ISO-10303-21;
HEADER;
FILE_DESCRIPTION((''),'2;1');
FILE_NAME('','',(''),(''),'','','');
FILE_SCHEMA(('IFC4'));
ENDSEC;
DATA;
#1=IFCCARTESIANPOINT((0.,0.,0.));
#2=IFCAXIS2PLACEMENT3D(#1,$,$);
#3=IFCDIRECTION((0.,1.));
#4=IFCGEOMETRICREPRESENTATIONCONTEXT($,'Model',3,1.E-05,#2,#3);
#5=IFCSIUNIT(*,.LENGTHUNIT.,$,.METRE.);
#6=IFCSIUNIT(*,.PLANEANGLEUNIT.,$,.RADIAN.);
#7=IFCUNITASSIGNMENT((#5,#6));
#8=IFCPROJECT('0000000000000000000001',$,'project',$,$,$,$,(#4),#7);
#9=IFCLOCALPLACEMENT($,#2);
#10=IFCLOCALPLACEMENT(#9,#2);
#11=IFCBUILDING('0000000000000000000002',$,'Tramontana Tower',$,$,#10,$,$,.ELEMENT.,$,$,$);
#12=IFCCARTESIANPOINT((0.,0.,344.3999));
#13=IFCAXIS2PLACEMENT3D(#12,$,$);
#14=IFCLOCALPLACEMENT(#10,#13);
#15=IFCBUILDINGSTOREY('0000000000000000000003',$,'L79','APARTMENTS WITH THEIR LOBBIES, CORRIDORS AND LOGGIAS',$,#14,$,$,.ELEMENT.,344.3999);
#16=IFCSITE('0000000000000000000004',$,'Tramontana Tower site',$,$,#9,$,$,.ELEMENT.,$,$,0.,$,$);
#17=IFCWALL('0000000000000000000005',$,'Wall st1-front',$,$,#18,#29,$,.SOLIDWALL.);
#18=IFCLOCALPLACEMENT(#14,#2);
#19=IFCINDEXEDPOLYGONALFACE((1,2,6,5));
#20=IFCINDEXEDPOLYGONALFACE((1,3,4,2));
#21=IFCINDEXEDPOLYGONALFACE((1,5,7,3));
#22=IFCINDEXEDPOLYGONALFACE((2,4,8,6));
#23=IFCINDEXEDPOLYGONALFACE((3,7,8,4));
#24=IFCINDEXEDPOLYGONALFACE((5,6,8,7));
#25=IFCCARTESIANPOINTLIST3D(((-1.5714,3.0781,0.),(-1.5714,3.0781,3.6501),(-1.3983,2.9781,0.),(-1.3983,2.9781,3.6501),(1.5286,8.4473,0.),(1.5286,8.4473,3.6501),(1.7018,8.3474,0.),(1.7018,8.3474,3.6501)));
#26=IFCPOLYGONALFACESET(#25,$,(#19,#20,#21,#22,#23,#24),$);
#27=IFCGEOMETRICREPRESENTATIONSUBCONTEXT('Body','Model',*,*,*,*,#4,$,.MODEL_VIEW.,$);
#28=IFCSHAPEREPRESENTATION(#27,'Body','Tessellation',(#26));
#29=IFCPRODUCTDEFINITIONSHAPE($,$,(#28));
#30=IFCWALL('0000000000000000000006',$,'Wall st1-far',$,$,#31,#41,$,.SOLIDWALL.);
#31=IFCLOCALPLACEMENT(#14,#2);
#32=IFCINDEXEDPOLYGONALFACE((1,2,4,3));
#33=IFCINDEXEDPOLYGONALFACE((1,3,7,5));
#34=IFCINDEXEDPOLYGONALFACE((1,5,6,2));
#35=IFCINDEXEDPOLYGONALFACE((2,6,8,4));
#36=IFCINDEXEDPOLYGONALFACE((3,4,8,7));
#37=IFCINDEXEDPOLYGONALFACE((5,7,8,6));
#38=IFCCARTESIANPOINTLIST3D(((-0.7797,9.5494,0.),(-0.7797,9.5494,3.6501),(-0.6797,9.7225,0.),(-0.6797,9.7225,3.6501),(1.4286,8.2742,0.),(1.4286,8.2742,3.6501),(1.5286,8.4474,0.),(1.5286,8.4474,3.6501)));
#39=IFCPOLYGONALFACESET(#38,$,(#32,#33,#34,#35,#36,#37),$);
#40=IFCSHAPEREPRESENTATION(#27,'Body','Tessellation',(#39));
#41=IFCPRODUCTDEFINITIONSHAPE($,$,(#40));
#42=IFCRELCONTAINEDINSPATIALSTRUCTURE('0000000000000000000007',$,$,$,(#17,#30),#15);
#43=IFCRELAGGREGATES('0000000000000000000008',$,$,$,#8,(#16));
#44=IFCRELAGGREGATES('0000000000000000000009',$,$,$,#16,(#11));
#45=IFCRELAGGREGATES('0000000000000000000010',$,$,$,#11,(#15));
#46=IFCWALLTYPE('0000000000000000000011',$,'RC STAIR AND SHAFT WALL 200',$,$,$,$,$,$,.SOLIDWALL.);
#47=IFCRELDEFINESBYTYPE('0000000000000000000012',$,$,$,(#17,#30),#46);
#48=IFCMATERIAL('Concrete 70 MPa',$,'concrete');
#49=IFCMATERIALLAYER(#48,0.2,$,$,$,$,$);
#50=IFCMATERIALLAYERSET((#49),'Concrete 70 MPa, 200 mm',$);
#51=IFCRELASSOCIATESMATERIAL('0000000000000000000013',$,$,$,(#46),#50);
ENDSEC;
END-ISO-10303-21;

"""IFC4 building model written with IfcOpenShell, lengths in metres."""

from ifc_helpers import new_model, si_unit, direction, frame, frame_2d, origin, place, context, subcontext, project, spatial, rectangle, extrude, material, layer, layer_set, type_object, element, save


model = new_model("IFC4")

# Units and contexts
model_context = context("Model", 3, precision=1e-05, world=origin(), true_north=direction((0.0, 1.0)))
body_context = subcontext(model_context, "Body", "Model", "MODEL_VIEW")
ifc_project = project(units=[si_unit("LENGTHUNIT", "METRE"), si_unit("PLANEANGLEUNIT", "RADIAN")], contexts=[model_context])

# Site, building, storey
site_placement = place(None, origin())
site = spatial("IfcSite", under=ifc_project, at=site_placement, Name="Tramontana Tower site", CompositionType="ELEMENT", RefElevation=0.0)
building_placement = place(site_placement, origin())
building = spatial("IfcBuilding", under=site, at=building_placement, Name="Tramontana Tower", CompositionType="ELEMENT")
storey_placement = place(building_placement, frame((0.0, 0.0, 344.3999)))
storey = spatial("IfcBuildingStorey", under=building, at=storey_placement, Name="L79", Description="APARTMENTS WITH THEIR LOBBIES, CORRIDORS AND LOGGIAS", CompositionType="ELEMENT", Elevation=344.3999)

# Walls
ifc_material_1 = material(Name="Concrete 70 MPa", Category="concrete")
ifc_layer_1 = layer(ifc_material_1, 0.2)
ifc_layer_set_1 = layer_set([ifc_layer_1], Name="Concrete 70 MPa, 200 mm")
wall_type_1 = type_object("IfcWallType", Name="RC STAIR AND SHAFT WALL 200", PredefinedType="SOLIDWALL", material=ifc_layer_set_1)
wall_1_placement = place(storey_placement, frame((1.6152, 8.3975, 0.0), z_axis=(0.0, 0.0, 1.0), x_axis=(-0.50001, -0.86602, 0.0)))
element("IfcWall", 1, at=wall_1_placement, inside=storey, type_object=wall_type_1, Name="Wall st1-front", PredefinedType="SOLIDWALL", context=body_context, shape_type="SweptSolid", body=[
    extrude(rectangle(XDim=6.2, YDim=0.2, at=frame_2d((3.1001, 0.0))), origin(), (0.0, 0.0, 1.0), 3.6501),
])
wall_2_placement = place(storey_placement, frame((1.4785, 8.3608, 0.0), z_axis=(0.0, 0.0, 1.0), x_axis=(-0.865989, 0.500062, 0.0)))
element("IfcWall", 2, at=wall_2_placement, inside=storey, type_object=wall_type_1, Name="Wall st1-far", PredefinedType="SOLIDWALL", context=body_context, shape_type="SweptSolid", body=[
    extrude(rectangle(XDim=2.55, YDim=0.2, at=frame_2d((1.2749, 0.0))), origin(), (0.0, 0.0, 1.0), 3.6501),
])

save(model, "model.ifc")
